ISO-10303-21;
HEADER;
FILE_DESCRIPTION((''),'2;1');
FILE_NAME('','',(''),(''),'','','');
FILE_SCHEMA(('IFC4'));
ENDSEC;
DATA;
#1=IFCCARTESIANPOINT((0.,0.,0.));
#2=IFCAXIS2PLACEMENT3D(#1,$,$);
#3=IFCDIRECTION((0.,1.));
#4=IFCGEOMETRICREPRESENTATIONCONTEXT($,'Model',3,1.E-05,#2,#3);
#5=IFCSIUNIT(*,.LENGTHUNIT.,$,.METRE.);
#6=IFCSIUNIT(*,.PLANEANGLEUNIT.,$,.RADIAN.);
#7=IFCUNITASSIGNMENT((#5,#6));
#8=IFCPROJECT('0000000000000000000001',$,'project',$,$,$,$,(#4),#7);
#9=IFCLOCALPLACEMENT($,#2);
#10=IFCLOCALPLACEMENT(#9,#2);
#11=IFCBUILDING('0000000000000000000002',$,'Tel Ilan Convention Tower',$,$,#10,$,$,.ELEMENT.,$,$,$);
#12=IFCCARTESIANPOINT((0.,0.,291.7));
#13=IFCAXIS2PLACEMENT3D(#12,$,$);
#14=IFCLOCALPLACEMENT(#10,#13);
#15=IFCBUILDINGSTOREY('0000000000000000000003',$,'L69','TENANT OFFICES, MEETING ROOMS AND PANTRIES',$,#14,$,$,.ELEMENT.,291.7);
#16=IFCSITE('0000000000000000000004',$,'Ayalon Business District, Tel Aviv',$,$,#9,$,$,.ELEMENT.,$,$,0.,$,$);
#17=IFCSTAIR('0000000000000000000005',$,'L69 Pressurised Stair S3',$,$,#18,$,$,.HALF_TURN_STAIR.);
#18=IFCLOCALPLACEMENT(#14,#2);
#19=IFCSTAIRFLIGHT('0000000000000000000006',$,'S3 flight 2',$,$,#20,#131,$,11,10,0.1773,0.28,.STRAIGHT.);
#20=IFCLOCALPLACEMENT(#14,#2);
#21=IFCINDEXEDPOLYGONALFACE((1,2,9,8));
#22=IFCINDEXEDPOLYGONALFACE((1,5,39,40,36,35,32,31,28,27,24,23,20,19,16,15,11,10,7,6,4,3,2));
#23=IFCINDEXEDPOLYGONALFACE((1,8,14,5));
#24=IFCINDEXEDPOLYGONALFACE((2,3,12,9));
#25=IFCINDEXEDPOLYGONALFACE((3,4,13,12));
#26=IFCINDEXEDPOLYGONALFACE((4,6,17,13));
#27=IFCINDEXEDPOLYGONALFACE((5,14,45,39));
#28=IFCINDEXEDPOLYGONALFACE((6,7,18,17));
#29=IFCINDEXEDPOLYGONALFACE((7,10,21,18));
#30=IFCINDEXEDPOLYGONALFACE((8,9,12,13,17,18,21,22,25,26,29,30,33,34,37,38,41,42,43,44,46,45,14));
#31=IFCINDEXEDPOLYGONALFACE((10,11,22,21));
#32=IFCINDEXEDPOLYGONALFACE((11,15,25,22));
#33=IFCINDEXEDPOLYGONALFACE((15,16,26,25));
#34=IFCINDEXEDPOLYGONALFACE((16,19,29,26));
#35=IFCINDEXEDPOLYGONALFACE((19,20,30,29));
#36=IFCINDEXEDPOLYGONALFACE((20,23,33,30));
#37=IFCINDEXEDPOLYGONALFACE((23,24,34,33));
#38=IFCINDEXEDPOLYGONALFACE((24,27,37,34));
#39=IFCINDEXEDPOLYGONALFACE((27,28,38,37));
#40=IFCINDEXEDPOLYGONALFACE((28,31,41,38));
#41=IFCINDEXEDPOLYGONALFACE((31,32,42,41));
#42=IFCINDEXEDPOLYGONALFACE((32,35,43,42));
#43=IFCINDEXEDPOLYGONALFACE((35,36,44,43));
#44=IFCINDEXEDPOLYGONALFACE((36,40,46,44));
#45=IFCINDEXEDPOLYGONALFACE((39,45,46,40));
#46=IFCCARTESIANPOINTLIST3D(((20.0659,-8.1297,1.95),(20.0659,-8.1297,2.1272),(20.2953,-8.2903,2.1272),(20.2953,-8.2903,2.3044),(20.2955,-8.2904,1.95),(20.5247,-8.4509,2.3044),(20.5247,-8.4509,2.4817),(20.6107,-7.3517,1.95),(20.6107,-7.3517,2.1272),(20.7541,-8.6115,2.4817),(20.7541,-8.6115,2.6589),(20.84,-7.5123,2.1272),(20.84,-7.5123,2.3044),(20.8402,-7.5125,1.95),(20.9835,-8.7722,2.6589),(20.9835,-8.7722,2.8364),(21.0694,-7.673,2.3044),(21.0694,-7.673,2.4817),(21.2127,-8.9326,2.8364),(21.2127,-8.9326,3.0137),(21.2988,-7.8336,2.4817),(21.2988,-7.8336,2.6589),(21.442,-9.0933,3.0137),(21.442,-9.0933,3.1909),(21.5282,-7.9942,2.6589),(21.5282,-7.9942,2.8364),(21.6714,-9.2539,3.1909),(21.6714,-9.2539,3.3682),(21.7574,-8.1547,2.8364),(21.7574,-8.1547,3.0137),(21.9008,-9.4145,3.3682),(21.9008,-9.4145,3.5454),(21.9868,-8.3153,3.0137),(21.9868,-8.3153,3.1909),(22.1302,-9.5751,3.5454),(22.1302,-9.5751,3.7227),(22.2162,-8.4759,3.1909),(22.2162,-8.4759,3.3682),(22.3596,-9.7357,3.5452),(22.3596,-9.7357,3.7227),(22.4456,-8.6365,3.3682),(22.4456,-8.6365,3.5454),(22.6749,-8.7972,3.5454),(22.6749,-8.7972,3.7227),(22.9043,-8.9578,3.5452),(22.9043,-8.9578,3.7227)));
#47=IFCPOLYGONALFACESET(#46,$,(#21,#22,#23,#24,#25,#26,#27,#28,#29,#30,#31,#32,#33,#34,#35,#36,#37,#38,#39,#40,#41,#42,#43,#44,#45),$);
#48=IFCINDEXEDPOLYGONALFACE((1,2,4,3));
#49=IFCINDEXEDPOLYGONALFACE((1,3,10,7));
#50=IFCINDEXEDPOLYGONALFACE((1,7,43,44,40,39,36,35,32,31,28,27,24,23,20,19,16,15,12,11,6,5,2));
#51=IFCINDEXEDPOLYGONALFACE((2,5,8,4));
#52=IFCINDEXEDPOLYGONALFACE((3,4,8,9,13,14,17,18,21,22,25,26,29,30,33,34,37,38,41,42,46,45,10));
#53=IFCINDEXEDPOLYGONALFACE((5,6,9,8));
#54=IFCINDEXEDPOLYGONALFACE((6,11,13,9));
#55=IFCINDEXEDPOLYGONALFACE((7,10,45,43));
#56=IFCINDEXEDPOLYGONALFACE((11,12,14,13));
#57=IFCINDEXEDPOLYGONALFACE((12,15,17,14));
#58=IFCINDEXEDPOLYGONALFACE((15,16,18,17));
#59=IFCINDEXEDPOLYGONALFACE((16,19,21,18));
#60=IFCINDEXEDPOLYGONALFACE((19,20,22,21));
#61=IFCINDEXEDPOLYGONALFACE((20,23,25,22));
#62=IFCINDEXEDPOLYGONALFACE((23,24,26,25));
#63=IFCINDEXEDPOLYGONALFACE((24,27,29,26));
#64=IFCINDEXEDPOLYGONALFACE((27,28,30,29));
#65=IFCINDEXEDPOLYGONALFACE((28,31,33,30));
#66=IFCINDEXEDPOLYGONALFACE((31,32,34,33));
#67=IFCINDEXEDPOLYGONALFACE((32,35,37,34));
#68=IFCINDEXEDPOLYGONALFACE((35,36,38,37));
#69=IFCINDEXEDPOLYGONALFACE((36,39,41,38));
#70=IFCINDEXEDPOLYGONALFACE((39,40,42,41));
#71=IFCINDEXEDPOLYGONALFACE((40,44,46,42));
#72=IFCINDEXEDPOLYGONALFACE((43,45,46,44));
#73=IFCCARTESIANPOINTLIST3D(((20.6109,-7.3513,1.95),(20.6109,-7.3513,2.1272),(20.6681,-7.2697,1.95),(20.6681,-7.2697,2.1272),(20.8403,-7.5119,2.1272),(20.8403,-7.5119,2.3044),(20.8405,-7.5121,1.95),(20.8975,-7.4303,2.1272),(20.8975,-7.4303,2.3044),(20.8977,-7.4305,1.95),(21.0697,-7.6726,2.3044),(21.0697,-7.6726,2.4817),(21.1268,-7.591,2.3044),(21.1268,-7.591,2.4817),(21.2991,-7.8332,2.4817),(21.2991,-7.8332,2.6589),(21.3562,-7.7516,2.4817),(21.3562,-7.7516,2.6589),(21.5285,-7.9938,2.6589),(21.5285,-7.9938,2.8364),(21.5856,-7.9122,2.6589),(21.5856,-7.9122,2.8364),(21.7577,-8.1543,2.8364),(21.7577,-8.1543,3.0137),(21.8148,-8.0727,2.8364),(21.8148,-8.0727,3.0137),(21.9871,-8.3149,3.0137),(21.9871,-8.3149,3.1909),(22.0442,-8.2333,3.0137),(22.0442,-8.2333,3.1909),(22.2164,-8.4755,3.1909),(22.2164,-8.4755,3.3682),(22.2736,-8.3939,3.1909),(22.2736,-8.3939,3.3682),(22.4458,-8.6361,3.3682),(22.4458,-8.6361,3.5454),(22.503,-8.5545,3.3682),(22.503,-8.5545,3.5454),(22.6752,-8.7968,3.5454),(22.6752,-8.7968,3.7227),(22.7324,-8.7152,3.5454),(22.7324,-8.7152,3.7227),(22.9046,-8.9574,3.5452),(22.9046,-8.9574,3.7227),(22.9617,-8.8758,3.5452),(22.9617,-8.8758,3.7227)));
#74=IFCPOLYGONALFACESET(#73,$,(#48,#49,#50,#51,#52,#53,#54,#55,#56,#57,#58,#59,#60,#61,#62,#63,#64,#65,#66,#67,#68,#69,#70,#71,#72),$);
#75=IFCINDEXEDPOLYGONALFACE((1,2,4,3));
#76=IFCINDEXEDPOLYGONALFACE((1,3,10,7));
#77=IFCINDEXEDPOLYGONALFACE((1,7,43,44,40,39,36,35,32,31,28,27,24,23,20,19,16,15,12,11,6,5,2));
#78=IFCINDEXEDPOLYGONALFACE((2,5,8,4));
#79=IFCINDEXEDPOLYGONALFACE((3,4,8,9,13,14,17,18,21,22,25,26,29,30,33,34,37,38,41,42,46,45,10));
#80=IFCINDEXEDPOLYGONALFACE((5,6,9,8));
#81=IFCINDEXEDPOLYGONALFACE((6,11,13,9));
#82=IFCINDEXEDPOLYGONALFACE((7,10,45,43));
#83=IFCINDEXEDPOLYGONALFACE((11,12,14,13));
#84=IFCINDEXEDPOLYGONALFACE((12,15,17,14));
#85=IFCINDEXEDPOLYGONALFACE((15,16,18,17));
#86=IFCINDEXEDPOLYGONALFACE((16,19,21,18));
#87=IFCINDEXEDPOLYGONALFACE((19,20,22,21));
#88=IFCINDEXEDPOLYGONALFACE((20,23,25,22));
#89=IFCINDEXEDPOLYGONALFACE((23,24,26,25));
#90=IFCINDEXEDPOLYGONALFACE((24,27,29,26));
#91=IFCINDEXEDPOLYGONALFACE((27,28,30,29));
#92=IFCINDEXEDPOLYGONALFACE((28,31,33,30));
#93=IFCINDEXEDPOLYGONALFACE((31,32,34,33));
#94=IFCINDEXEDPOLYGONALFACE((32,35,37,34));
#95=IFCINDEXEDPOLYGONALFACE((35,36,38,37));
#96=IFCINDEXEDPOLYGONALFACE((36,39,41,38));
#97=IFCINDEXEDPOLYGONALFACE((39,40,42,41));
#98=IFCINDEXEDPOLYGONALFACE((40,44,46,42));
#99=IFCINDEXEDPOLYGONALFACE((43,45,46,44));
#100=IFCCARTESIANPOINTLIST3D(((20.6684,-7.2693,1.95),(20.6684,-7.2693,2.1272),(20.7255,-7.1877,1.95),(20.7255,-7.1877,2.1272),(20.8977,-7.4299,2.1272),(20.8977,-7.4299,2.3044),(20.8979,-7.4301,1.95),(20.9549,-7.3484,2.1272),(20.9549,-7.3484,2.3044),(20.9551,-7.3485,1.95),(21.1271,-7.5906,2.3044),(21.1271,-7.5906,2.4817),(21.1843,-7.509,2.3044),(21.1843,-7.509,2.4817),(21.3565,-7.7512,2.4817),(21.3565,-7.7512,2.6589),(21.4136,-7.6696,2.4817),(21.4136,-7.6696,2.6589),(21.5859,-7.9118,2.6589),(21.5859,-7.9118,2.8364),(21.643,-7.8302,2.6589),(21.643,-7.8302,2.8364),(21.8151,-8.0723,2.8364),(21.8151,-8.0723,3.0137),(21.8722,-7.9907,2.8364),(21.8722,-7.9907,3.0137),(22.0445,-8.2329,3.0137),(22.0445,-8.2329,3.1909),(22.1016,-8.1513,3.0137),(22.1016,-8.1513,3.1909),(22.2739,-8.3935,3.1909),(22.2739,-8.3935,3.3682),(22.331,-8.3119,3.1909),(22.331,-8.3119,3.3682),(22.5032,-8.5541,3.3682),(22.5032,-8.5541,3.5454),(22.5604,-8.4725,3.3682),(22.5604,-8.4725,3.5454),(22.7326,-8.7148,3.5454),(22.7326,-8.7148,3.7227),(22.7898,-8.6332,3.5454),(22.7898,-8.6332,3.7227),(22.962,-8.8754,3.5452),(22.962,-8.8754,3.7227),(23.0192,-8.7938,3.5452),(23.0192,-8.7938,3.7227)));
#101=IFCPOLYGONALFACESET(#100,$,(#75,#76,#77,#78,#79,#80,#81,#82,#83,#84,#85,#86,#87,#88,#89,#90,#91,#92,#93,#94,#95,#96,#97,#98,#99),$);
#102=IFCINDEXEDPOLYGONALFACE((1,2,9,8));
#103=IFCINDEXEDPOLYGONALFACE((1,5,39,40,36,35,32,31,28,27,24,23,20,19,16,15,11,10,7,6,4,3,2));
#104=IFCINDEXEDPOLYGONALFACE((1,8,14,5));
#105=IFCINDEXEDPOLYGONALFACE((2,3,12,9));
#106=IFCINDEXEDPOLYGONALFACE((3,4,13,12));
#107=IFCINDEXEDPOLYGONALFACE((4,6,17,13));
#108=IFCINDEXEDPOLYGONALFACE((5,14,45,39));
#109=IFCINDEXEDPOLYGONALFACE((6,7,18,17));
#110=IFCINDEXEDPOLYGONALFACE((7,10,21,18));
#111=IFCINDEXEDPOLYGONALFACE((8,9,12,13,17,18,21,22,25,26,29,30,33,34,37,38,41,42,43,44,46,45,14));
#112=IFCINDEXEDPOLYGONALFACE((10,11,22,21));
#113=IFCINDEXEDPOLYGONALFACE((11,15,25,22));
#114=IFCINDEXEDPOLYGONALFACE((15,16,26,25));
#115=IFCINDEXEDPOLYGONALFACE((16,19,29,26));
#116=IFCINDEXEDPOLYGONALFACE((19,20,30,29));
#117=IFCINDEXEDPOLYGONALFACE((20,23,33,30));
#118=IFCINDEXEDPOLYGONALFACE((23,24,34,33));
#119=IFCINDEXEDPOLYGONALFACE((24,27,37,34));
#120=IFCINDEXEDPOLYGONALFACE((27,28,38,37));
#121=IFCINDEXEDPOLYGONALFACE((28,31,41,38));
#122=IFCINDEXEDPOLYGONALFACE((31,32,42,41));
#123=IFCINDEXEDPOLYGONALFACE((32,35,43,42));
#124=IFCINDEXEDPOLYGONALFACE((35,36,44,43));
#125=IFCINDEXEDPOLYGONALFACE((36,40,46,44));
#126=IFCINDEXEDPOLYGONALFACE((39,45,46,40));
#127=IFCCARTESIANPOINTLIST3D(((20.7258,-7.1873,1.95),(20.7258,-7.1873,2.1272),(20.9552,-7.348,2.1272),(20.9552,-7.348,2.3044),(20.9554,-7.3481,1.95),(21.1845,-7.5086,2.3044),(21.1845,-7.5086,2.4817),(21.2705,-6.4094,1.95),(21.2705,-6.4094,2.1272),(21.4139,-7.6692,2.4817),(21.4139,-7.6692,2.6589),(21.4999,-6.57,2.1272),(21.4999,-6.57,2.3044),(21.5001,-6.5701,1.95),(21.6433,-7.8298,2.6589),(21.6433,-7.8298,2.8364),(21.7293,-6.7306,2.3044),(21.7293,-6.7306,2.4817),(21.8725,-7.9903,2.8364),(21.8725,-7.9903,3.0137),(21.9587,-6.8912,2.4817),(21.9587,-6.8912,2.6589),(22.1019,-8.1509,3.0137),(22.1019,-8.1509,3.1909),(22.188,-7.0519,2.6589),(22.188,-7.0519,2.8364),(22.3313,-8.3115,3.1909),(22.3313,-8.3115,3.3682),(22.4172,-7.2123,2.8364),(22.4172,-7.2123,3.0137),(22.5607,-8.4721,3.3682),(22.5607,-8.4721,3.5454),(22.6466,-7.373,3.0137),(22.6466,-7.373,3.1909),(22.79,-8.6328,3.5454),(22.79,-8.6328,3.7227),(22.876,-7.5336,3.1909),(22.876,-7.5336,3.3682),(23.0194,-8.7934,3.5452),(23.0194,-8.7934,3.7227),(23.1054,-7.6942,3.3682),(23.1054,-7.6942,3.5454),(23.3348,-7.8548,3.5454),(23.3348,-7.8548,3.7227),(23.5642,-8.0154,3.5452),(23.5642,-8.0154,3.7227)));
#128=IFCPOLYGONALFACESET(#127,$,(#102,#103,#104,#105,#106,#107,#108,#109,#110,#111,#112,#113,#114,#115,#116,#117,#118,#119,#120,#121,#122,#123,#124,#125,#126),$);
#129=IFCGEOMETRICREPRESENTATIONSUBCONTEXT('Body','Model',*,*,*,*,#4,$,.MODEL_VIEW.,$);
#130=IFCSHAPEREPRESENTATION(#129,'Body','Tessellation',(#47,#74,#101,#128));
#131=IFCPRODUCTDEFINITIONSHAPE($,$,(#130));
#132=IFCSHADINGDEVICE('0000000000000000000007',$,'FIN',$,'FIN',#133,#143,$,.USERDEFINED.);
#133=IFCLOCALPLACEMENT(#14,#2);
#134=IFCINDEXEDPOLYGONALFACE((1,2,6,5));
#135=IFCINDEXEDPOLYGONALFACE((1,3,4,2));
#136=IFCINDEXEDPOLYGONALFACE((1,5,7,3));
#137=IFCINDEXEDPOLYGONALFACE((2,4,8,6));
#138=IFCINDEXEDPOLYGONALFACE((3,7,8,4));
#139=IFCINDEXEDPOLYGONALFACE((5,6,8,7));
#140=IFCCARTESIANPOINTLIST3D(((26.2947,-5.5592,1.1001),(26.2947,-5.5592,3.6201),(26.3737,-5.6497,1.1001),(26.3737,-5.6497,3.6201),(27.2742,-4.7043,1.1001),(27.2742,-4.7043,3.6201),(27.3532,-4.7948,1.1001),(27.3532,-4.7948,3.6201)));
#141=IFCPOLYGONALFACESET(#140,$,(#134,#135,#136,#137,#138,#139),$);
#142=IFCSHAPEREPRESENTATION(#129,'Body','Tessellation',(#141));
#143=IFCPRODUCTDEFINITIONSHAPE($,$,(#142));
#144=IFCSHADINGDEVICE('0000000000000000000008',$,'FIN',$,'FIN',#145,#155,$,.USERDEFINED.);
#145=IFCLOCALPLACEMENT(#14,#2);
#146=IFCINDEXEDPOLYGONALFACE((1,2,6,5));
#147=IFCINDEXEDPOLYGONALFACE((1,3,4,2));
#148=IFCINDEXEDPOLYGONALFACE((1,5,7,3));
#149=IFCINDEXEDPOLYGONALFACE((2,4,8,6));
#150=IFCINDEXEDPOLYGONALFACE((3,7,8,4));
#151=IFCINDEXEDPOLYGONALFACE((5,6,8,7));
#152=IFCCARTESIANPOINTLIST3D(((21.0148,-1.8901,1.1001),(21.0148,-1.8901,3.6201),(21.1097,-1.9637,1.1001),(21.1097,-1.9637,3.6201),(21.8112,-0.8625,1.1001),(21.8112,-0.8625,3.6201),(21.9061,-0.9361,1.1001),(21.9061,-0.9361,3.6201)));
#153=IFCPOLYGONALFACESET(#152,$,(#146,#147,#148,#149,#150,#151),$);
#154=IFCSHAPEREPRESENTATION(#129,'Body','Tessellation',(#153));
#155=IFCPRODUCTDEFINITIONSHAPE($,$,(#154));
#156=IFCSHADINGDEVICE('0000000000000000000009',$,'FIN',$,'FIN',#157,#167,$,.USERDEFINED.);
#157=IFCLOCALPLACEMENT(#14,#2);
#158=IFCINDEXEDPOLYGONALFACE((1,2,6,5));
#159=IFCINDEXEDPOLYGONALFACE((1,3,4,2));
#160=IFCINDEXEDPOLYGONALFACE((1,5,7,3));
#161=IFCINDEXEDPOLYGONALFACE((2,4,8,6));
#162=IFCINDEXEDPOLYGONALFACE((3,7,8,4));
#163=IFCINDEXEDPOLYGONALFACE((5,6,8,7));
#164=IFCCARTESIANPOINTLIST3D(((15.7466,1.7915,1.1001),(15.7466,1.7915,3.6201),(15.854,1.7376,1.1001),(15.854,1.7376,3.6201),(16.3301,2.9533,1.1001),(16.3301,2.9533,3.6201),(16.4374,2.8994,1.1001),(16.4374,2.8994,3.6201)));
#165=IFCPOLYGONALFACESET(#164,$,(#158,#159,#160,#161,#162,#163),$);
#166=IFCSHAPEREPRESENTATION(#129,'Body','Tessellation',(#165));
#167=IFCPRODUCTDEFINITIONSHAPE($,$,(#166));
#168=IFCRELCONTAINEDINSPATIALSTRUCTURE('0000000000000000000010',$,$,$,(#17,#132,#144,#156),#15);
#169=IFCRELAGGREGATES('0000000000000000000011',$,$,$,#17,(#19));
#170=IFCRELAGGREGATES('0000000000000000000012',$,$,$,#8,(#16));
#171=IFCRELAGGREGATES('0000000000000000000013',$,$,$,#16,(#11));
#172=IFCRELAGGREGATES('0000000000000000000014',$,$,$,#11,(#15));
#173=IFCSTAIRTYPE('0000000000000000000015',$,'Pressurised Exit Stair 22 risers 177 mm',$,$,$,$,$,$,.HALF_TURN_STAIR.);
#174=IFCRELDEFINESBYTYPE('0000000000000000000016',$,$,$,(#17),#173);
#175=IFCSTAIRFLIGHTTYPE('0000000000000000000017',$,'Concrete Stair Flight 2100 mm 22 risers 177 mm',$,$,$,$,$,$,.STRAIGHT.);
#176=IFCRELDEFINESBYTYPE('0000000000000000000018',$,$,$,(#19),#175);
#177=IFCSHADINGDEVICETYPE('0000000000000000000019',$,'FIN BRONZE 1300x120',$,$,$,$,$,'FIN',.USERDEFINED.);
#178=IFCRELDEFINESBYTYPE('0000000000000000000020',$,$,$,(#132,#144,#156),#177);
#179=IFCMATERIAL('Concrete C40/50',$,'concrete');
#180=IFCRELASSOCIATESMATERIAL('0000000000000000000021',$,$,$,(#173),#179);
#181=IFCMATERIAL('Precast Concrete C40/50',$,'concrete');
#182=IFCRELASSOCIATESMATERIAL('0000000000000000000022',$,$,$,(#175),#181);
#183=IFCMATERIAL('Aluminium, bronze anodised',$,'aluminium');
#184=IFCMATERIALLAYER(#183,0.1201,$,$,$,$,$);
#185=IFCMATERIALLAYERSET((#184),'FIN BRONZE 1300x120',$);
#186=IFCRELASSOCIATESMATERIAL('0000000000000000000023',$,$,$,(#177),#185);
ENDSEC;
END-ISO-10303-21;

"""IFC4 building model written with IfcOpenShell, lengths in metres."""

from ifc_helpers import new_model, si_unit, direction, frame, origin, origin_2d, place, context, subcontext, project, spatial, polyline, rectangle, outline, extrude, material, layer, layer_set, type_object, element, aggregate, save


model = new_model("IFC4")

# Units and contexts
model_context = context("Model", 3, precision=1e-05, world=origin(), true_north=direction((0.0, 1.0)))
body_context = subcontext(model_context, "Body", "Model", "MODEL_VIEW")
ifc_project = project(units=[si_unit("LENGTHUNIT", "METRE"), si_unit("PLANEANGLEUNIT", "RADIAN")], contexts=[model_context])

# Site, building, storey
site_placement = place(None, origin())
site = spatial("IfcSite", under=ifc_project, at=site_placement, Name="Ayalon Business District, Tel Aviv", CompositionType="ELEMENT", RefElevation=0.0)
building_placement = place(site_placement, origin())
building = spatial("IfcBuilding", under=site, at=building_placement, Name="Tel Ilan Convention Tower", CompositionType="ELEMENT")
storey_placement = place(building_placement, frame((0.0, 0.0, 291.7)))
storey = spatial("IfcBuildingStorey", under=building, at=storey_placement, Name="L69", Description="TENANT OFFICES, MEETING ROOMS AND PANTRIES", CompositionType="ELEMENT", Elevation=291.7)

# Stair, stair flight
ifc_material_1 = material(Name="Concrete C40/50", Category="concrete")
stair_type = type_object("IfcStairType", Name="Pressurised Exit Stair 22 risers 177 mm", PredefinedType="HALF_TURN_STAIR", material=ifc_material_1)
stair_placement = place(storey_placement, origin())
stair = element("IfcStair", 1, at=stair_placement, inside=storey, type_object=stair_type, Name="L69 Pressurised Stair S3", PredefinedType="HALF_TURN_STAIR")
ifc_material_2 = material(Name="Precast Concrete C40/50", Category="concrete")
stair_flight_type = type_object("IfcStairFlightType", Name="Concrete Stair Flight 2100 mm 22 risers 177 mm", PredefinedType="STRAIGHT", material=ifc_material_2)
stair_flight_1_placement = place(storey_placement, frame((20.6682, -7.2695, 1.95), z_axis=(0.0, 0.0, 1.0), x_axis=(0.819152, -0.573576, 0.0)))
stair_flight_1 = element("IfcStairFlight", 2, at=stair_flight_1_placement, type_object=stair_flight_type, Name="S3 flight 2", NumberOfRisers=11, NumberOfTreads=10, PredefinedType="STRAIGHT", RiserHeight=0.1773, TreadLength=0.28, context=body_context, shape_type="SweptSolid", body=[
    extrude(outline(polyline([(0.0, 0.0), (0.0, 0.1772), (0.28, 0.1772), (0.28, 0.3545), (0.5601, 0.3545), (0.5601, 0.5317), (0.8401, 0.5317), (0.8401, 0.709), (1.1201, 0.709), (1.1201, 0.8865), (1.3999, 0.8865), (1.3999, 1.0637), (1.6799, 1.0637), (1.6799, 1.241), (1.96, 1.241), (1.96, 1.4182), (2.24, 1.4182), (2.24, 1.5955), (2.52, 1.5955), (2.52, 1.7727), (2.8, 1.7727), (2.8, 1.95), (2.8, 1.5952), (0.2803, 0.0), (0.0, 0.0)])), frame((0.0, -0.1003, 0.0), z_axis=(0.0, -1.0, 0.0), x_axis=(1.0, 0.0, 0.0)), (0.0, 0.0, 1.0), 0.9497),
    extrude(outline(polyline([(0.0, 0.0), (0.0, 0.1772), (0.28, 0.1772), (0.28, 0.3545), (0.5601, 0.3545), (0.5601, 0.5317), (0.8401, 0.5317), (0.8401, 0.709), (1.1201, 0.709), (1.1201, 0.8865), (1.3999, 0.8865), (1.3999, 1.0637), (1.6799, 1.0637), (1.6799, 1.241), (1.96, 1.241), (1.96, 1.4182), (2.24, 1.4182), (2.24, 1.5955), (2.52, 1.5955), (2.52, 1.7727), (2.8, 1.7727), (2.8, 1.95), (2.8, 1.5952), (0.2803, 0.0), (0.0, 0.0)])), frame((0.0, -0.0002, 0.0), z_axis=(0.0, -1.0, 0.0), x_axis=(1.0, 0.0, 0.0)), (0.0, 0.0, 1.0), 0.0996),
    extrude(outline(polyline([(0.0, 0.0), (0.0, 0.1772), (0.28, 0.1772), (0.28, 0.3545), (0.5601, 0.3545), (0.5601, 0.5317), (0.8401, 0.5317), (0.8401, 0.709), (1.1201, 0.709), (1.1201, 0.8865), (1.3999, 0.8865), (1.3999, 1.0637), (1.6799, 1.0637), (1.6799, 1.241), (1.96, 1.241), (1.96, 1.4182), (2.24, 1.4182), (2.24, 1.5955), (2.52, 1.5955), (2.52, 1.7727), (2.8, 1.7727), (2.8, 1.95), (2.8, 1.5952), (0.2803, 0.0), (0.0, 0.0)])), frame((0.0, 0.0999, 0.0), z_axis=(0.0, -1.0, 0.0), x_axis=(1.0, 0.0, 0.0)), (0.0, 0.0, 1.0), 0.0996),
    extrude(outline(polyline([(0.0, 0.0), (0.0, 0.1772), (0.28, 0.1772), (0.28, 0.3545), (0.5601, 0.3545), (0.5601, 0.5317), (0.8401, 0.5317), (0.8401, 0.709), (1.1201, 0.709), (1.1201, 0.8865), (1.3999, 0.8865), (1.3999, 1.0637), (1.6799, 1.0637), (1.6799, 1.241), (1.96, 1.241), (1.96, 1.4182), (2.24, 1.4182), (2.24, 1.5955), (2.52, 1.5955), (2.52, 1.7727), (2.8, 1.7727), (2.8, 1.95), (2.8, 1.5952), (0.2803, 0.0), (0.0, 0.0)])), frame((0.0, 1.05, 0.0), z_axis=(0.0, -1.0, 0.0), x_axis=(1.0, 0.0, 0.0)), (0.0, 0.0, 1.0), 0.9497),
])
aggregate(stair, [stair_flight_1])

# Shading devices
ifc_material_3 = material(Name="Aluminium, bronze anodised", Category="aluminium")
ifc_layer_1 = layer(ifc_material_3, 0.1201)
ifc_layer_set_1 = layer_set([ifc_layer_1], Name="FIN BRONZE 1300x120")
shading_device_type = type_object("IfcShadingDeviceType", Name="FIN BRONZE 1300x120", ElementType="FIN", PredefinedType="USERDEFINED", material=ifc_layer_set_1)
for number, where, z_axis, x_axis, name in (
    (3, (26.824, -5.177, 1.1001), (0.0, 0.0, 1.0), (0.753436, 0.657521, 0.0), "FIN"),
    (4, (21.4604, -1.4131, 1.1001), (0.0, 0.0, 1.0), (0.612601, 0.790393, 0.0), "FIN"),
    (5, (16.092, 2.3455, 1.1001), (0.0, 0.0, 1.0), (0.448799, 0.893633, 0.0), "FIN"),
):
    element("IfcShadingDevice", number, at=place(storey_placement, frame(where, z_axis=z_axis, x_axis=x_axis)), inside=storey, type_object=shading_device_type, Name=name, ObjectType="FIN", PredefinedType="USERDEFINED", context=body_context, shape_type="SweptSolid", body=[
        extrude(rectangle(XDim=1.3, YDim=0.1201, at=origin_2d()), origin(), (0.0, 0.0, 1.0), 2.52),
    ])

save(model, "model.ifc")
